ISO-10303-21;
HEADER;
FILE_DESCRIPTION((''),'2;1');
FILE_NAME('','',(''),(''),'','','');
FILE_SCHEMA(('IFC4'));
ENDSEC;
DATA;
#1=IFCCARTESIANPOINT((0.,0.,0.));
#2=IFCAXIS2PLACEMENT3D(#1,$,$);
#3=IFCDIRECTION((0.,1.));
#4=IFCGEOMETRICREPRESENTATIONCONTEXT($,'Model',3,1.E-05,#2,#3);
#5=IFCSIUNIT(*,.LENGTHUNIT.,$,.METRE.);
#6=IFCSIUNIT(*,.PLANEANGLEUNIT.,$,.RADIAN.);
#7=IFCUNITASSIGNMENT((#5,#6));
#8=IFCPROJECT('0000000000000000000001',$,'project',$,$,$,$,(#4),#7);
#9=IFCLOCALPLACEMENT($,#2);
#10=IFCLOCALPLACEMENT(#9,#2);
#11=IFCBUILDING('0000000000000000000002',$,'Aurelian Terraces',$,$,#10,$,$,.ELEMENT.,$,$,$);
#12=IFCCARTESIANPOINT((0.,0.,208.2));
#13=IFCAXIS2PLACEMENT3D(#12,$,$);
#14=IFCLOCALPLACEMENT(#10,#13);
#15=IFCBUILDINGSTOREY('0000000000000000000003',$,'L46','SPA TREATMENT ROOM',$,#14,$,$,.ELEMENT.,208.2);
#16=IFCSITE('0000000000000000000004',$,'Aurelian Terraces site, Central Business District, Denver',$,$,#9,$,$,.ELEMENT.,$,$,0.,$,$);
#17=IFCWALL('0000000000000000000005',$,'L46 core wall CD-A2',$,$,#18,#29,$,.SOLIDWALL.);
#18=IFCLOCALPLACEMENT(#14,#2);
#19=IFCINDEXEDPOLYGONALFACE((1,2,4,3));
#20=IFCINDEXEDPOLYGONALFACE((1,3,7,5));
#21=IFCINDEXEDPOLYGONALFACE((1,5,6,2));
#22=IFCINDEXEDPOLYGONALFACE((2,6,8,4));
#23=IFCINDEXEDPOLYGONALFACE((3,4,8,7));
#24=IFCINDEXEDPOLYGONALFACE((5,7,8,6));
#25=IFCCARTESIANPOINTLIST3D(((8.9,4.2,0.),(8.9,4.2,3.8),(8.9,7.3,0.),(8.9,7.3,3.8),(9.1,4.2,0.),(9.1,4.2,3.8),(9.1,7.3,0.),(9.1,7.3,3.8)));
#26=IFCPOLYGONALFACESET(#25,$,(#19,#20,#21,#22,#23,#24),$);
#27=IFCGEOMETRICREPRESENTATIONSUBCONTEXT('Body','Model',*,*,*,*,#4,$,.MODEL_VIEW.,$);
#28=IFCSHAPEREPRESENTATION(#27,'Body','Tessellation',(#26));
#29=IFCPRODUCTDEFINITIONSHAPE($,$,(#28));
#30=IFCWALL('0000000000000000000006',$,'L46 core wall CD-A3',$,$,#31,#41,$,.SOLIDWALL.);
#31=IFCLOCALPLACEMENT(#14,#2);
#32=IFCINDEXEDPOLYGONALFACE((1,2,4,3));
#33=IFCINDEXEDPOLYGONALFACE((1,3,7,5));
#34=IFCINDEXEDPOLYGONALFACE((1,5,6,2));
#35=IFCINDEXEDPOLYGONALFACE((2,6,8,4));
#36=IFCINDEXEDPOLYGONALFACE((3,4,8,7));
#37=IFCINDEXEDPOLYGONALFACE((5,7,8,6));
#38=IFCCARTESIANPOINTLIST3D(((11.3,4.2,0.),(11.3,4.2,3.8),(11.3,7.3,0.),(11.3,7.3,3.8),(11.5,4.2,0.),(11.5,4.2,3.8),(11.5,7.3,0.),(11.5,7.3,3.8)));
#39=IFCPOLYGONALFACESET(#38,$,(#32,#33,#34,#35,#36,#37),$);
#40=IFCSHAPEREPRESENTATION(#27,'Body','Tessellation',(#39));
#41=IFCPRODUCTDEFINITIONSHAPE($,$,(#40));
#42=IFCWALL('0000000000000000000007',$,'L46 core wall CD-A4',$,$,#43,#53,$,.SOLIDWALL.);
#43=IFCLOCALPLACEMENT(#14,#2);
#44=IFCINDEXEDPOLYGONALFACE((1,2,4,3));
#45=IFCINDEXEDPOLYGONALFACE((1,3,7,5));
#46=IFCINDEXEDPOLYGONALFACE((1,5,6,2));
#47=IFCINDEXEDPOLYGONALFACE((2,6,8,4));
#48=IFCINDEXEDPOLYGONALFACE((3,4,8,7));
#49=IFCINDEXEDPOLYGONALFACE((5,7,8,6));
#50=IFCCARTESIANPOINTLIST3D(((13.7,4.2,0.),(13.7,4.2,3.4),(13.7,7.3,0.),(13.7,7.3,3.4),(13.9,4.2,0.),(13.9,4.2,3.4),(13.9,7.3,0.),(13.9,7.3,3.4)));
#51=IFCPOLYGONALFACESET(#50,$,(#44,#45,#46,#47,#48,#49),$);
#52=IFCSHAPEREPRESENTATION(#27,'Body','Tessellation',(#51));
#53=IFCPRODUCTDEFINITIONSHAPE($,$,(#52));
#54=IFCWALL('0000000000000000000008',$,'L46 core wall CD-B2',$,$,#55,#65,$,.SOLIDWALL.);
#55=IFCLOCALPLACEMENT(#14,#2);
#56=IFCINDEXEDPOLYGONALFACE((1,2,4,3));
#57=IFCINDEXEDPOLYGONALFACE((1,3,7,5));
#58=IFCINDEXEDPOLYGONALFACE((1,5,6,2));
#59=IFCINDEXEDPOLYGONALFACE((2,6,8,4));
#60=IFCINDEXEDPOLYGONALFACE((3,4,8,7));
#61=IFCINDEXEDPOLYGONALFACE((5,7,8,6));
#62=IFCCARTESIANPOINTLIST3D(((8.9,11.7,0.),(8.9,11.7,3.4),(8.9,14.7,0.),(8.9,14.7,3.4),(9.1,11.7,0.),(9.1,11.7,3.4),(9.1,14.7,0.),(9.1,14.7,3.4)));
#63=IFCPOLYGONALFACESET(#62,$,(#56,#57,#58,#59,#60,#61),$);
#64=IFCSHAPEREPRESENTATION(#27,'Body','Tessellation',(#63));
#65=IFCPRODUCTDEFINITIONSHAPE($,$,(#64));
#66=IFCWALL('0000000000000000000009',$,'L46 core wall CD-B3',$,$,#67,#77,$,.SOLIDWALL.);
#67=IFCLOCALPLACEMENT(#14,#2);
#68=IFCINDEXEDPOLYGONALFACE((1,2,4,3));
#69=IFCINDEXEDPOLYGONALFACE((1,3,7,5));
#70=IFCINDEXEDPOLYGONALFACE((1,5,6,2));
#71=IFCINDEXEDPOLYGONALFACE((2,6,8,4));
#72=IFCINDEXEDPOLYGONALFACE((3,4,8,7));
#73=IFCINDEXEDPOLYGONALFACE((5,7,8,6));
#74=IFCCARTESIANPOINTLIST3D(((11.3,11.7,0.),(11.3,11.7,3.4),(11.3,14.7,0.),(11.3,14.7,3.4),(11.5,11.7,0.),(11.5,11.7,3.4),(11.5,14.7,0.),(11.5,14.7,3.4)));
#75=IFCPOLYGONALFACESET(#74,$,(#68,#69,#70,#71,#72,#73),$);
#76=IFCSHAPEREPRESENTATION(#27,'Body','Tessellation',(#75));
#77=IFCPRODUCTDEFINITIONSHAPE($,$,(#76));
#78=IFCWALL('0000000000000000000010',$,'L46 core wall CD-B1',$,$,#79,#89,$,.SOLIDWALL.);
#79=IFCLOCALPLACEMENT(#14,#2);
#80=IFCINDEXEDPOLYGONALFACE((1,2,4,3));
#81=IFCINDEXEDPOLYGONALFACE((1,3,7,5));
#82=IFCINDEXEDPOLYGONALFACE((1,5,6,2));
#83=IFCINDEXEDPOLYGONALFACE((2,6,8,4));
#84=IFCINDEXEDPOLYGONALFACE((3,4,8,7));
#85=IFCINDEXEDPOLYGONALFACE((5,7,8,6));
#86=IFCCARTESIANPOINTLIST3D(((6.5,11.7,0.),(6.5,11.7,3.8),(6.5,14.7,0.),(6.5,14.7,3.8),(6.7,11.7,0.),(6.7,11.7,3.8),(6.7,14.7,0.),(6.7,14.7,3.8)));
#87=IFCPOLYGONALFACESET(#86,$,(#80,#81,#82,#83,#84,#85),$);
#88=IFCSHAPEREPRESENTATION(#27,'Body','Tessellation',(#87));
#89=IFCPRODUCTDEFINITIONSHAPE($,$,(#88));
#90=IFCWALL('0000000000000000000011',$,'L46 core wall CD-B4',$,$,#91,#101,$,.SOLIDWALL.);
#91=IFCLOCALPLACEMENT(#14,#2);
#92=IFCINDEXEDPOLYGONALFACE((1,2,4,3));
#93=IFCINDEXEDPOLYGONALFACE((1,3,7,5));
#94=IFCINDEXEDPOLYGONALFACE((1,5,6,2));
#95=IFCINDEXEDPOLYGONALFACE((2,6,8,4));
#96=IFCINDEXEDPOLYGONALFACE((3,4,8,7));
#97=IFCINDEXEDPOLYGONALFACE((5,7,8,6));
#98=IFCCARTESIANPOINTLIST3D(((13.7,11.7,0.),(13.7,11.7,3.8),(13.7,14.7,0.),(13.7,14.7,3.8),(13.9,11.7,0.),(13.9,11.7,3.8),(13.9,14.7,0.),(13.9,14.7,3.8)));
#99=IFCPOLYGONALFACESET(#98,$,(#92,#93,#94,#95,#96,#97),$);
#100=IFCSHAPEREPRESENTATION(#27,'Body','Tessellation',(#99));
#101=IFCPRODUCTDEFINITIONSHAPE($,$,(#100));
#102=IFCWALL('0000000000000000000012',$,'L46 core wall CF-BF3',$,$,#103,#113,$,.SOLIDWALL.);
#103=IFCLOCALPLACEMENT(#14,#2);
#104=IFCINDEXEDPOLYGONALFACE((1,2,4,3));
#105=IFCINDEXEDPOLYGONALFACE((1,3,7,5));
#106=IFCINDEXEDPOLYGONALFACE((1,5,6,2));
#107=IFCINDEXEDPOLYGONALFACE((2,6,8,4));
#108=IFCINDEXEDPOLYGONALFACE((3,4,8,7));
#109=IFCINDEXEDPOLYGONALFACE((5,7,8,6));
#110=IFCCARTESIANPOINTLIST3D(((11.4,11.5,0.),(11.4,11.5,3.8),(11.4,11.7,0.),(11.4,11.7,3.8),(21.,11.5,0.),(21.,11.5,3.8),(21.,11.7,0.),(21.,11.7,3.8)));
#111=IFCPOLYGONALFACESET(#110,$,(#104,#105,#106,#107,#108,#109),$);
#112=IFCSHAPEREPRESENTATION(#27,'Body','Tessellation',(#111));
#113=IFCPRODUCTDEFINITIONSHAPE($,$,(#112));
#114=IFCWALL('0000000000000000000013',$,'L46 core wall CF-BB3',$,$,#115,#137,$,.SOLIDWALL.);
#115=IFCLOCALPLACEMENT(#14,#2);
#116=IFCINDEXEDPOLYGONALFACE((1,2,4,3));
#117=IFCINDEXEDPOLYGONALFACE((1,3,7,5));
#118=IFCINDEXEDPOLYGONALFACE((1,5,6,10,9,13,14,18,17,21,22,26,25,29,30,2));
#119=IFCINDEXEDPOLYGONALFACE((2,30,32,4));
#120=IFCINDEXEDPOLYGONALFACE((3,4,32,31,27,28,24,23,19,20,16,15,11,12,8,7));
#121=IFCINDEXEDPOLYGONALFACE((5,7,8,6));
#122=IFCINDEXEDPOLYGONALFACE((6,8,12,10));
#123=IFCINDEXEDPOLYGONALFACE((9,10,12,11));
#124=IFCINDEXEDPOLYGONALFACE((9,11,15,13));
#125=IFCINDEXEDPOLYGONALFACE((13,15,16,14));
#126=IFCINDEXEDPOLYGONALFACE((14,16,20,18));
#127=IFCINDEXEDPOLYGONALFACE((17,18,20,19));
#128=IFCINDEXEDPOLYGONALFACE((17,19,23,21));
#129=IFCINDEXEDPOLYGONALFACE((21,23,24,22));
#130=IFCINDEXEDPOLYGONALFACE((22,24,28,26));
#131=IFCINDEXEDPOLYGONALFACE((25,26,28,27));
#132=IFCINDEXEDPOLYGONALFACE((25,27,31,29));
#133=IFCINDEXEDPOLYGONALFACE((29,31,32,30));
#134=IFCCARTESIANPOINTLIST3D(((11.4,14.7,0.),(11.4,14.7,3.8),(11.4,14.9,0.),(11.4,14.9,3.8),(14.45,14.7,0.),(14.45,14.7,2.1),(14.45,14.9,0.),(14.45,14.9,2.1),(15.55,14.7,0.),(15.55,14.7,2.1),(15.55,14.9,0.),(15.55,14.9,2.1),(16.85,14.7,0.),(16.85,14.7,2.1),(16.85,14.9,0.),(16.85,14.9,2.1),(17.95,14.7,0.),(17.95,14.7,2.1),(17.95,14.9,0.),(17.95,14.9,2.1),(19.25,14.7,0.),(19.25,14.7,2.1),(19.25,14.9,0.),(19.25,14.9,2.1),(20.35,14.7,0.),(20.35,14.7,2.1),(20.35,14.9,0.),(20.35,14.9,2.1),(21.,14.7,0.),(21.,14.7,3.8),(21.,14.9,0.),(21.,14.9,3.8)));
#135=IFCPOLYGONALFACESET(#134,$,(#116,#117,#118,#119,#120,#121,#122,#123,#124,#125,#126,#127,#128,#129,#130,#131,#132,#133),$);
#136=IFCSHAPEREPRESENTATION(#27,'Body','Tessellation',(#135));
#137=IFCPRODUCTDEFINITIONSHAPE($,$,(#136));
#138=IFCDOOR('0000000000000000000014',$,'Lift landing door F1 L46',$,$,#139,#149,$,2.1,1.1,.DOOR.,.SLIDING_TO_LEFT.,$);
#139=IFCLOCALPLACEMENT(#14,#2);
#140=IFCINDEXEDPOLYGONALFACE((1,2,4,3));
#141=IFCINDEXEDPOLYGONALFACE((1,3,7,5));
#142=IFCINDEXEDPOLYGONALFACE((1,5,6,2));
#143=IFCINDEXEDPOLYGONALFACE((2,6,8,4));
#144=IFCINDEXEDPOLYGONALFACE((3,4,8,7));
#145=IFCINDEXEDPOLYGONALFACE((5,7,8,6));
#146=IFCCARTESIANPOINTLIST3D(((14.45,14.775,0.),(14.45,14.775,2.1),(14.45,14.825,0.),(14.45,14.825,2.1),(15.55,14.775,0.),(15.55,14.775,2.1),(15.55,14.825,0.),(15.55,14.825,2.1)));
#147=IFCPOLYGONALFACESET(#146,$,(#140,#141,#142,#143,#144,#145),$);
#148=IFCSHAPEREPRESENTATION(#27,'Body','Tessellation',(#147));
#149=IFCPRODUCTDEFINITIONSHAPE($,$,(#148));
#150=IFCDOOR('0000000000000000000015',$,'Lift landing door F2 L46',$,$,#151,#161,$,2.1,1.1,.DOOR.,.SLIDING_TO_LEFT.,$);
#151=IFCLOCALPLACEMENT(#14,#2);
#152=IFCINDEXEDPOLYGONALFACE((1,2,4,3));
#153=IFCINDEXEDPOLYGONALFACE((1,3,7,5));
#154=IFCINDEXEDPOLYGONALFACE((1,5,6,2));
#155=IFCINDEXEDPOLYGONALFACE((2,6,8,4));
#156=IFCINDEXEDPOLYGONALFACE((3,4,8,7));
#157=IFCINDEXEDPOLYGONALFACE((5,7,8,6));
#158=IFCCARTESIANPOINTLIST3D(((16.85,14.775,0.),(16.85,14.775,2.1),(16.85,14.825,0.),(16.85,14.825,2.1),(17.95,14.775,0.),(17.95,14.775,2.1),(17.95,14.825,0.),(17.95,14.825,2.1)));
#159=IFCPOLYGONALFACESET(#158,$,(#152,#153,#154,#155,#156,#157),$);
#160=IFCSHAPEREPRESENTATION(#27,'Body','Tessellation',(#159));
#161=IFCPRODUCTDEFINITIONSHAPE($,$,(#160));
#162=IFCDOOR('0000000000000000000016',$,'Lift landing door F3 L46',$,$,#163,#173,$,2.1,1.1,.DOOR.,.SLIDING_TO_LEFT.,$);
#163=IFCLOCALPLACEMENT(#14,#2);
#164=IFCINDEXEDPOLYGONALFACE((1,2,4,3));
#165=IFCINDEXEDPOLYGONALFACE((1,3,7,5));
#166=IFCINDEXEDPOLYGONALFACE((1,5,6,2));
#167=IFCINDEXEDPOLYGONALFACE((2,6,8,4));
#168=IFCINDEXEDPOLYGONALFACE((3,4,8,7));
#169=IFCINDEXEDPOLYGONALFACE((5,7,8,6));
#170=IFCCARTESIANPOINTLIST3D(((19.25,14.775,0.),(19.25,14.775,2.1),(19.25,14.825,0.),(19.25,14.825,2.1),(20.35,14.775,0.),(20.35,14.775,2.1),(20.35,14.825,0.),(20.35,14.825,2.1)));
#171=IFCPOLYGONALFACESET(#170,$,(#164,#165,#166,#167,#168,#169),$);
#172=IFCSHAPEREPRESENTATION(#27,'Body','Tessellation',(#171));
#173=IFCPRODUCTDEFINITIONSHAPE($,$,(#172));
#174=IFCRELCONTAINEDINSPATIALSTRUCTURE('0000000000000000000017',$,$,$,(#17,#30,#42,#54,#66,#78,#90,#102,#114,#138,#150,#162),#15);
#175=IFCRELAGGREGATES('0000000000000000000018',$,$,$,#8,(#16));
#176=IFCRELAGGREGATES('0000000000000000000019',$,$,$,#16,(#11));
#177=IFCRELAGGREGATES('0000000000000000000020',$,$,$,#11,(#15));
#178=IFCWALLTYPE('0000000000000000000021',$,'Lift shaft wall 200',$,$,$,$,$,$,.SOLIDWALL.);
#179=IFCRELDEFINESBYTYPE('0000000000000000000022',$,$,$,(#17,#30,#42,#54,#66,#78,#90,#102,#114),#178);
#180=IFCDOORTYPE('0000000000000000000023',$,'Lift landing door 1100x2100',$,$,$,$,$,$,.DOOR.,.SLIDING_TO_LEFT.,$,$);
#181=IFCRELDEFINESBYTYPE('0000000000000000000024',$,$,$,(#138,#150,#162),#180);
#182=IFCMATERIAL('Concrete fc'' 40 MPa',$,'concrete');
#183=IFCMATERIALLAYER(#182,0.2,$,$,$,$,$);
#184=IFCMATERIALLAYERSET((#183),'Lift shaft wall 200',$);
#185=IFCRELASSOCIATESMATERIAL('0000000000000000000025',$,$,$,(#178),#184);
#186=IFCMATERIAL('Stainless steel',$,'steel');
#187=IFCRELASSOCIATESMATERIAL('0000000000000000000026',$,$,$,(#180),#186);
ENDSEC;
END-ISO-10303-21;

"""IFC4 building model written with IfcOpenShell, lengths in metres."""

from ifc_helpers import new_model, si_unit, direction, frame, frame_2d, origin, place, context, subcontext, project, spatial, rectangle, extrude, source, transform, mapped, material, layer, layer_set, type_object, element, fill, save


model = new_model("IFC4")

# Units and contexts
model_context = context("Model", 3, precision=1e-05, world=origin(), true_north=direction((0.0, 1.0)))
body_context = subcontext(model_context, "Body", "Model", "MODEL_VIEW")
ifc_project = project(units=[si_unit("LENGTHUNIT", "METRE"), si_unit("PLANEANGLEUNIT", "RADIAN")], contexts=[model_context])

# Site, building, storey
site_placement = place(None, origin())
site = spatial("IfcSite", under=ifc_project, at=site_placement, Name="Aurelian Terraces site, Central Business District, Denver", CompositionType="ELEMENT", RefElevation=0.0)
building_placement = place(site_placement, origin())
building = spatial("IfcBuilding", under=site, at=building_placement, Name="Aurelian Terraces", CompositionType="ELEMENT")
storey_placement = place(building_placement, frame((0.0, 0.0, 208.2)))
storey = spatial("IfcBuildingStorey", under=building, at=storey_placement, Name="L46", Description="SPA TREATMENT ROOM", CompositionType="ELEMENT", Elevation=208.2)

# Walls
ifc_material_1 = material(Name="Concrete fc' 40 MPa", Category="concrete")
ifc_layer_1 = layer(ifc_material_1, 0.2)
ifc_layer_set_1 = layer_set([ifc_layer_1], Name="Lift shaft wall 200")
wall_type_1 = type_object("IfcWallType", Name="Lift shaft wall 200", PredefinedType="SOLIDWALL", material=ifc_layer_set_1)
shared_shape_1 = source(origin(), body_context, "Body", "SweptSolid", [
    extrude(rectangle(XDim=3.1, YDim=0.2, at=frame_2d((1.55, 0.0))), origin(), (0.0, 0.0, 1.0), 3.8),
])
for number, where, z_axis, x_axis, name in (
    (1, (9.0, 4.2, 0.0), (0.0, 0.0, 1.0), (0.0, 1.0, 0.0), "L46 core wall CD-A2"),
    (2, (11.4, 4.2, 0.0), (0.0, 0.0, 1.0), (0.0, 1.0, 0.0), "L46 core wall CD-A3"),
):
    element("IfcWall", number, at=place(storey_placement, frame(where, z_axis=z_axis, x_axis=x_axis)), inside=storey, type_object=wall_type_1, Name=name, PredefinedType="SOLIDWALL", context=body_context, shape_type="MappedRepresentation", body=[
        mapped(shared_shape_1, transform((0.0, 0.0, 0.0), scale=1.0)),
    ])
shared_shape_2 = source(origin(), body_context, "Body", "SweptSolid", [
    extrude(rectangle(XDim=3.1, YDim=0.2, at=frame_2d((1.55, 0.0))), origin(), (0.0, 0.0, 1.0), 3.4),
])
wall_1_placement = place(storey_placement, frame((13.8, 4.2, 0.0), z_axis=(0.0, 0.0, 1.0), x_axis=(0.0, 1.0, 0.0)))
element("IfcWall", 3, at=wall_1_placement, inside=storey, type_object=wall_type_1, Name="L46 core wall CD-A4", PredefinedType="SOLIDWALL", context=body_context, shape_type="MappedRepresentation", body=[
    mapped(shared_shape_2, transform((0.0, 0.0, 0.0), scale=1.0)),
])
shared_shape_3 = source(origin(), body_context, "Body", "SweptSolid", [
    extrude(rectangle(XDim=3.0, YDim=0.2, at=frame_2d((1.5, 0.0))), origin(), (0.0, 0.0, 1.0), 3.4),
])
for number, where, z_axis, x_axis, name in (
    (4, (9.0, 11.7, 0.0), (0.0, 0.0, 1.0), (0.0, 1.0, 0.0), "L46 core wall CD-B2"),
    (5, (11.4, 11.7, 0.0), (0.0, 0.0, 1.0), (0.0, 1.0, 0.0), "L46 core wall CD-B3"),
):
    element("IfcWall", number, at=place(storey_placement, frame(where, z_axis=z_axis, x_axis=x_axis)), inside=storey, type_object=wall_type_1, Name=name, PredefinedType="SOLIDWALL", context=body_context, shape_type="MappedRepresentation", body=[
        mapped(shared_shape_3, transform((0.0, 0.0, 0.0), scale=1.0)),
    ])
shared_shape_4 = source(origin(), body_context, "Body", "SweptSolid", [
    extrude(rectangle(XDim=3.0, YDim=0.2, at=frame_2d((1.5, 0.0))), origin(), (0.0, 0.0, 1.0), 3.8),
])
for number, where, z_axis, x_axis, name in (
    (6, (6.6, 11.7, 0.0), (0.0, 0.0, 1.0), (0.0, 1.0, 0.0), "L46 core wall CD-B1"),
    (7, (13.8, 11.7, 0.0), (0.0, 0.0, 1.0), (0.0, 1.0, 0.0), "L46 core wall CD-B4"),
):
    element("IfcWall", number, at=place(storey_placement, frame(where, z_axis=z_axis, x_axis=x_axis)), inside=storey, type_object=wall_type_1, Name=name, PredefinedType="SOLIDWALL", context=body_context, shape_type="MappedRepresentation", body=[
        mapped(shared_shape_4, transform((0.0, 0.0, 0.0), scale=1.0)),
    ])
shared_shape_5 = source(origin(), body_context, "Body", "SweptSolid", [
    extrude(rectangle(XDim=9.6, YDim=0.2, at=frame_2d((4.8, 0.0))), origin(), (0.0, 0.0, 1.0), 3.8),
])
wall_2_placement = place(storey_placement, frame((11.4, 11.6, 0.0), z_axis=(0.0, 0.0, 1.0), x_axis=(1.0, 0.0, 0.0)))
element("IfcWall", 8, at=wall_2_placement, inside=storey, type_object=wall_type_1, Name="L46 core wall CF-BF3", PredefinedType="SOLIDWALL", context=body_context, shape_type="MappedRepresentation", body=[
    mapped(shared_shape_5, transform((0.0, 0.0, 0.0), scale=1.0)),
])

# Wall, openings, doors
wall_3_placement = place(storey_placement, frame((11.4, 14.8, 0.0), z_axis=(0.0, 0.0, 1.0), x_axis=(1.0, 0.0, 0.0)))
wall_3 = element("IfcWall", 9, at=wall_3_placement, inside=storey, type_object=wall_type_1, Name="L46 core wall CF-BB3", PredefinedType="SOLIDWALL", context=body_context, shape_type="MappedRepresentation", body=[
    mapped(shared_shape_5, transform((0.0, 0.0, 0.0), scale=1.0)),
])
shared_shape_6 = source(origin(), body_context, "Body", "SweptSolid", [
    extrude(rectangle(XDim=1.1, YDim=2.1, at=frame_2d((0.55, 1.05))), frame((0.0, 0.11, 0.0), z_axis=(0.0, -1.0, 0.0), x_axis=(1.0, 0.0, 0.0)), (0.0, 0.0, 1.0), 0.22),
])
opening_1_placement = place(wall_3_placement, frame((3.05, 0.0, 0.0)))
opening_1 = element("IfcOpeningElement", 10, at=opening_1_placement, cuts=wall_3, PredefinedType="OPENING", context=body_context, shape_type="MappedRepresentation", body=[
    mapped(shared_shape_6, transform((0.0, 0.0, 0.0), scale=1.0)),
])
opening_2_placement = place(wall_3_placement, frame((5.45, 0.0, 0.0)))
opening_2 = element("IfcOpeningElement", 11, at=opening_2_placement, cuts=wall_3, PredefinedType="OPENING", context=body_context, shape_type="MappedRepresentation", body=[
    mapped(shared_shape_6, transform((0.0, 0.0, 0.0), scale=1.0)),
])
opening_3_placement = place(wall_3_placement, frame((7.85, 0.0, 0.0)))
opening_3 = element("IfcOpeningElement", 12, at=opening_3_placement, cuts=wall_3, PredefinedType="OPENING", context=body_context, shape_type="MappedRepresentation", body=[
    mapped(shared_shape_6, transform((0.0, 0.0, 0.0), scale=1.0)),
])
ifc_material_2 = material(Name="Stainless steel", Category="steel")
door_type_1 = type_object("IfcDoorType", Name="Lift landing door 1100x2100", OperationType="SLIDING_TO_LEFT", PredefinedType="DOOR", material=ifc_material_2)
shared_shape_7 = source(origin(), body_context, "Body", "SweptSolid", [
    extrude(rectangle(XDim=1.1, YDim=2.1, at=frame_2d((0.55, 1.05))), frame((0.0, 0.025, 0.0), z_axis=(0.0, -1.0, 0.0), x_axis=(1.0, 0.0, 0.0)), (0.0, 0.0, 1.0), 0.05),
])
door_1_placement = place(opening_1_placement, origin())
door_1 = element("IfcDoor", 13, at=door_1_placement, inside=storey, type_object=door_type_1, Name="Lift landing door F1 L46", OperationType="SLIDING_TO_LEFT", OverallHeight=2.1, OverallWidth=1.1, PredefinedType="DOOR", context=body_context, shape_type="MappedRepresentation", body=[
    mapped(shared_shape_7, transform((0.0, 0.0, 0.0), scale=1.0)),
])
fill(opening_1, door_1)
door_2_placement = place(opening_2_placement, origin())
door_2 = element("IfcDoor", 14, at=door_2_placement, inside=storey, type_object=door_type_1, Name="Lift landing door F2 L46", OperationType="SLIDING_TO_LEFT", OverallHeight=2.1, OverallWidth=1.1, PredefinedType="DOOR", context=body_context, shape_type="MappedRepresentation", body=[
    mapped(shared_shape_7, transform((0.0, 0.0, 0.0), scale=1.0)),
])
fill(opening_2, door_2)
door_3_placement = place(opening_3_placement, origin())
door_3 = element("IfcDoor", 15, at=door_3_placement, inside=storey, type_object=door_type_1, Name="Lift landing door F3 L46", OperationType="SLIDING_TO_LEFT", OverallHeight=2.1, OverallWidth=1.1, PredefinedType="DOOR", context=body_context, shape_type="MappedRepresentation", body=[
    mapped(shared_shape_7, transform((0.0, 0.0, 0.0), scale=1.0)),
])
fill(opening_3, door_3)

save(model, "model.ifc")
